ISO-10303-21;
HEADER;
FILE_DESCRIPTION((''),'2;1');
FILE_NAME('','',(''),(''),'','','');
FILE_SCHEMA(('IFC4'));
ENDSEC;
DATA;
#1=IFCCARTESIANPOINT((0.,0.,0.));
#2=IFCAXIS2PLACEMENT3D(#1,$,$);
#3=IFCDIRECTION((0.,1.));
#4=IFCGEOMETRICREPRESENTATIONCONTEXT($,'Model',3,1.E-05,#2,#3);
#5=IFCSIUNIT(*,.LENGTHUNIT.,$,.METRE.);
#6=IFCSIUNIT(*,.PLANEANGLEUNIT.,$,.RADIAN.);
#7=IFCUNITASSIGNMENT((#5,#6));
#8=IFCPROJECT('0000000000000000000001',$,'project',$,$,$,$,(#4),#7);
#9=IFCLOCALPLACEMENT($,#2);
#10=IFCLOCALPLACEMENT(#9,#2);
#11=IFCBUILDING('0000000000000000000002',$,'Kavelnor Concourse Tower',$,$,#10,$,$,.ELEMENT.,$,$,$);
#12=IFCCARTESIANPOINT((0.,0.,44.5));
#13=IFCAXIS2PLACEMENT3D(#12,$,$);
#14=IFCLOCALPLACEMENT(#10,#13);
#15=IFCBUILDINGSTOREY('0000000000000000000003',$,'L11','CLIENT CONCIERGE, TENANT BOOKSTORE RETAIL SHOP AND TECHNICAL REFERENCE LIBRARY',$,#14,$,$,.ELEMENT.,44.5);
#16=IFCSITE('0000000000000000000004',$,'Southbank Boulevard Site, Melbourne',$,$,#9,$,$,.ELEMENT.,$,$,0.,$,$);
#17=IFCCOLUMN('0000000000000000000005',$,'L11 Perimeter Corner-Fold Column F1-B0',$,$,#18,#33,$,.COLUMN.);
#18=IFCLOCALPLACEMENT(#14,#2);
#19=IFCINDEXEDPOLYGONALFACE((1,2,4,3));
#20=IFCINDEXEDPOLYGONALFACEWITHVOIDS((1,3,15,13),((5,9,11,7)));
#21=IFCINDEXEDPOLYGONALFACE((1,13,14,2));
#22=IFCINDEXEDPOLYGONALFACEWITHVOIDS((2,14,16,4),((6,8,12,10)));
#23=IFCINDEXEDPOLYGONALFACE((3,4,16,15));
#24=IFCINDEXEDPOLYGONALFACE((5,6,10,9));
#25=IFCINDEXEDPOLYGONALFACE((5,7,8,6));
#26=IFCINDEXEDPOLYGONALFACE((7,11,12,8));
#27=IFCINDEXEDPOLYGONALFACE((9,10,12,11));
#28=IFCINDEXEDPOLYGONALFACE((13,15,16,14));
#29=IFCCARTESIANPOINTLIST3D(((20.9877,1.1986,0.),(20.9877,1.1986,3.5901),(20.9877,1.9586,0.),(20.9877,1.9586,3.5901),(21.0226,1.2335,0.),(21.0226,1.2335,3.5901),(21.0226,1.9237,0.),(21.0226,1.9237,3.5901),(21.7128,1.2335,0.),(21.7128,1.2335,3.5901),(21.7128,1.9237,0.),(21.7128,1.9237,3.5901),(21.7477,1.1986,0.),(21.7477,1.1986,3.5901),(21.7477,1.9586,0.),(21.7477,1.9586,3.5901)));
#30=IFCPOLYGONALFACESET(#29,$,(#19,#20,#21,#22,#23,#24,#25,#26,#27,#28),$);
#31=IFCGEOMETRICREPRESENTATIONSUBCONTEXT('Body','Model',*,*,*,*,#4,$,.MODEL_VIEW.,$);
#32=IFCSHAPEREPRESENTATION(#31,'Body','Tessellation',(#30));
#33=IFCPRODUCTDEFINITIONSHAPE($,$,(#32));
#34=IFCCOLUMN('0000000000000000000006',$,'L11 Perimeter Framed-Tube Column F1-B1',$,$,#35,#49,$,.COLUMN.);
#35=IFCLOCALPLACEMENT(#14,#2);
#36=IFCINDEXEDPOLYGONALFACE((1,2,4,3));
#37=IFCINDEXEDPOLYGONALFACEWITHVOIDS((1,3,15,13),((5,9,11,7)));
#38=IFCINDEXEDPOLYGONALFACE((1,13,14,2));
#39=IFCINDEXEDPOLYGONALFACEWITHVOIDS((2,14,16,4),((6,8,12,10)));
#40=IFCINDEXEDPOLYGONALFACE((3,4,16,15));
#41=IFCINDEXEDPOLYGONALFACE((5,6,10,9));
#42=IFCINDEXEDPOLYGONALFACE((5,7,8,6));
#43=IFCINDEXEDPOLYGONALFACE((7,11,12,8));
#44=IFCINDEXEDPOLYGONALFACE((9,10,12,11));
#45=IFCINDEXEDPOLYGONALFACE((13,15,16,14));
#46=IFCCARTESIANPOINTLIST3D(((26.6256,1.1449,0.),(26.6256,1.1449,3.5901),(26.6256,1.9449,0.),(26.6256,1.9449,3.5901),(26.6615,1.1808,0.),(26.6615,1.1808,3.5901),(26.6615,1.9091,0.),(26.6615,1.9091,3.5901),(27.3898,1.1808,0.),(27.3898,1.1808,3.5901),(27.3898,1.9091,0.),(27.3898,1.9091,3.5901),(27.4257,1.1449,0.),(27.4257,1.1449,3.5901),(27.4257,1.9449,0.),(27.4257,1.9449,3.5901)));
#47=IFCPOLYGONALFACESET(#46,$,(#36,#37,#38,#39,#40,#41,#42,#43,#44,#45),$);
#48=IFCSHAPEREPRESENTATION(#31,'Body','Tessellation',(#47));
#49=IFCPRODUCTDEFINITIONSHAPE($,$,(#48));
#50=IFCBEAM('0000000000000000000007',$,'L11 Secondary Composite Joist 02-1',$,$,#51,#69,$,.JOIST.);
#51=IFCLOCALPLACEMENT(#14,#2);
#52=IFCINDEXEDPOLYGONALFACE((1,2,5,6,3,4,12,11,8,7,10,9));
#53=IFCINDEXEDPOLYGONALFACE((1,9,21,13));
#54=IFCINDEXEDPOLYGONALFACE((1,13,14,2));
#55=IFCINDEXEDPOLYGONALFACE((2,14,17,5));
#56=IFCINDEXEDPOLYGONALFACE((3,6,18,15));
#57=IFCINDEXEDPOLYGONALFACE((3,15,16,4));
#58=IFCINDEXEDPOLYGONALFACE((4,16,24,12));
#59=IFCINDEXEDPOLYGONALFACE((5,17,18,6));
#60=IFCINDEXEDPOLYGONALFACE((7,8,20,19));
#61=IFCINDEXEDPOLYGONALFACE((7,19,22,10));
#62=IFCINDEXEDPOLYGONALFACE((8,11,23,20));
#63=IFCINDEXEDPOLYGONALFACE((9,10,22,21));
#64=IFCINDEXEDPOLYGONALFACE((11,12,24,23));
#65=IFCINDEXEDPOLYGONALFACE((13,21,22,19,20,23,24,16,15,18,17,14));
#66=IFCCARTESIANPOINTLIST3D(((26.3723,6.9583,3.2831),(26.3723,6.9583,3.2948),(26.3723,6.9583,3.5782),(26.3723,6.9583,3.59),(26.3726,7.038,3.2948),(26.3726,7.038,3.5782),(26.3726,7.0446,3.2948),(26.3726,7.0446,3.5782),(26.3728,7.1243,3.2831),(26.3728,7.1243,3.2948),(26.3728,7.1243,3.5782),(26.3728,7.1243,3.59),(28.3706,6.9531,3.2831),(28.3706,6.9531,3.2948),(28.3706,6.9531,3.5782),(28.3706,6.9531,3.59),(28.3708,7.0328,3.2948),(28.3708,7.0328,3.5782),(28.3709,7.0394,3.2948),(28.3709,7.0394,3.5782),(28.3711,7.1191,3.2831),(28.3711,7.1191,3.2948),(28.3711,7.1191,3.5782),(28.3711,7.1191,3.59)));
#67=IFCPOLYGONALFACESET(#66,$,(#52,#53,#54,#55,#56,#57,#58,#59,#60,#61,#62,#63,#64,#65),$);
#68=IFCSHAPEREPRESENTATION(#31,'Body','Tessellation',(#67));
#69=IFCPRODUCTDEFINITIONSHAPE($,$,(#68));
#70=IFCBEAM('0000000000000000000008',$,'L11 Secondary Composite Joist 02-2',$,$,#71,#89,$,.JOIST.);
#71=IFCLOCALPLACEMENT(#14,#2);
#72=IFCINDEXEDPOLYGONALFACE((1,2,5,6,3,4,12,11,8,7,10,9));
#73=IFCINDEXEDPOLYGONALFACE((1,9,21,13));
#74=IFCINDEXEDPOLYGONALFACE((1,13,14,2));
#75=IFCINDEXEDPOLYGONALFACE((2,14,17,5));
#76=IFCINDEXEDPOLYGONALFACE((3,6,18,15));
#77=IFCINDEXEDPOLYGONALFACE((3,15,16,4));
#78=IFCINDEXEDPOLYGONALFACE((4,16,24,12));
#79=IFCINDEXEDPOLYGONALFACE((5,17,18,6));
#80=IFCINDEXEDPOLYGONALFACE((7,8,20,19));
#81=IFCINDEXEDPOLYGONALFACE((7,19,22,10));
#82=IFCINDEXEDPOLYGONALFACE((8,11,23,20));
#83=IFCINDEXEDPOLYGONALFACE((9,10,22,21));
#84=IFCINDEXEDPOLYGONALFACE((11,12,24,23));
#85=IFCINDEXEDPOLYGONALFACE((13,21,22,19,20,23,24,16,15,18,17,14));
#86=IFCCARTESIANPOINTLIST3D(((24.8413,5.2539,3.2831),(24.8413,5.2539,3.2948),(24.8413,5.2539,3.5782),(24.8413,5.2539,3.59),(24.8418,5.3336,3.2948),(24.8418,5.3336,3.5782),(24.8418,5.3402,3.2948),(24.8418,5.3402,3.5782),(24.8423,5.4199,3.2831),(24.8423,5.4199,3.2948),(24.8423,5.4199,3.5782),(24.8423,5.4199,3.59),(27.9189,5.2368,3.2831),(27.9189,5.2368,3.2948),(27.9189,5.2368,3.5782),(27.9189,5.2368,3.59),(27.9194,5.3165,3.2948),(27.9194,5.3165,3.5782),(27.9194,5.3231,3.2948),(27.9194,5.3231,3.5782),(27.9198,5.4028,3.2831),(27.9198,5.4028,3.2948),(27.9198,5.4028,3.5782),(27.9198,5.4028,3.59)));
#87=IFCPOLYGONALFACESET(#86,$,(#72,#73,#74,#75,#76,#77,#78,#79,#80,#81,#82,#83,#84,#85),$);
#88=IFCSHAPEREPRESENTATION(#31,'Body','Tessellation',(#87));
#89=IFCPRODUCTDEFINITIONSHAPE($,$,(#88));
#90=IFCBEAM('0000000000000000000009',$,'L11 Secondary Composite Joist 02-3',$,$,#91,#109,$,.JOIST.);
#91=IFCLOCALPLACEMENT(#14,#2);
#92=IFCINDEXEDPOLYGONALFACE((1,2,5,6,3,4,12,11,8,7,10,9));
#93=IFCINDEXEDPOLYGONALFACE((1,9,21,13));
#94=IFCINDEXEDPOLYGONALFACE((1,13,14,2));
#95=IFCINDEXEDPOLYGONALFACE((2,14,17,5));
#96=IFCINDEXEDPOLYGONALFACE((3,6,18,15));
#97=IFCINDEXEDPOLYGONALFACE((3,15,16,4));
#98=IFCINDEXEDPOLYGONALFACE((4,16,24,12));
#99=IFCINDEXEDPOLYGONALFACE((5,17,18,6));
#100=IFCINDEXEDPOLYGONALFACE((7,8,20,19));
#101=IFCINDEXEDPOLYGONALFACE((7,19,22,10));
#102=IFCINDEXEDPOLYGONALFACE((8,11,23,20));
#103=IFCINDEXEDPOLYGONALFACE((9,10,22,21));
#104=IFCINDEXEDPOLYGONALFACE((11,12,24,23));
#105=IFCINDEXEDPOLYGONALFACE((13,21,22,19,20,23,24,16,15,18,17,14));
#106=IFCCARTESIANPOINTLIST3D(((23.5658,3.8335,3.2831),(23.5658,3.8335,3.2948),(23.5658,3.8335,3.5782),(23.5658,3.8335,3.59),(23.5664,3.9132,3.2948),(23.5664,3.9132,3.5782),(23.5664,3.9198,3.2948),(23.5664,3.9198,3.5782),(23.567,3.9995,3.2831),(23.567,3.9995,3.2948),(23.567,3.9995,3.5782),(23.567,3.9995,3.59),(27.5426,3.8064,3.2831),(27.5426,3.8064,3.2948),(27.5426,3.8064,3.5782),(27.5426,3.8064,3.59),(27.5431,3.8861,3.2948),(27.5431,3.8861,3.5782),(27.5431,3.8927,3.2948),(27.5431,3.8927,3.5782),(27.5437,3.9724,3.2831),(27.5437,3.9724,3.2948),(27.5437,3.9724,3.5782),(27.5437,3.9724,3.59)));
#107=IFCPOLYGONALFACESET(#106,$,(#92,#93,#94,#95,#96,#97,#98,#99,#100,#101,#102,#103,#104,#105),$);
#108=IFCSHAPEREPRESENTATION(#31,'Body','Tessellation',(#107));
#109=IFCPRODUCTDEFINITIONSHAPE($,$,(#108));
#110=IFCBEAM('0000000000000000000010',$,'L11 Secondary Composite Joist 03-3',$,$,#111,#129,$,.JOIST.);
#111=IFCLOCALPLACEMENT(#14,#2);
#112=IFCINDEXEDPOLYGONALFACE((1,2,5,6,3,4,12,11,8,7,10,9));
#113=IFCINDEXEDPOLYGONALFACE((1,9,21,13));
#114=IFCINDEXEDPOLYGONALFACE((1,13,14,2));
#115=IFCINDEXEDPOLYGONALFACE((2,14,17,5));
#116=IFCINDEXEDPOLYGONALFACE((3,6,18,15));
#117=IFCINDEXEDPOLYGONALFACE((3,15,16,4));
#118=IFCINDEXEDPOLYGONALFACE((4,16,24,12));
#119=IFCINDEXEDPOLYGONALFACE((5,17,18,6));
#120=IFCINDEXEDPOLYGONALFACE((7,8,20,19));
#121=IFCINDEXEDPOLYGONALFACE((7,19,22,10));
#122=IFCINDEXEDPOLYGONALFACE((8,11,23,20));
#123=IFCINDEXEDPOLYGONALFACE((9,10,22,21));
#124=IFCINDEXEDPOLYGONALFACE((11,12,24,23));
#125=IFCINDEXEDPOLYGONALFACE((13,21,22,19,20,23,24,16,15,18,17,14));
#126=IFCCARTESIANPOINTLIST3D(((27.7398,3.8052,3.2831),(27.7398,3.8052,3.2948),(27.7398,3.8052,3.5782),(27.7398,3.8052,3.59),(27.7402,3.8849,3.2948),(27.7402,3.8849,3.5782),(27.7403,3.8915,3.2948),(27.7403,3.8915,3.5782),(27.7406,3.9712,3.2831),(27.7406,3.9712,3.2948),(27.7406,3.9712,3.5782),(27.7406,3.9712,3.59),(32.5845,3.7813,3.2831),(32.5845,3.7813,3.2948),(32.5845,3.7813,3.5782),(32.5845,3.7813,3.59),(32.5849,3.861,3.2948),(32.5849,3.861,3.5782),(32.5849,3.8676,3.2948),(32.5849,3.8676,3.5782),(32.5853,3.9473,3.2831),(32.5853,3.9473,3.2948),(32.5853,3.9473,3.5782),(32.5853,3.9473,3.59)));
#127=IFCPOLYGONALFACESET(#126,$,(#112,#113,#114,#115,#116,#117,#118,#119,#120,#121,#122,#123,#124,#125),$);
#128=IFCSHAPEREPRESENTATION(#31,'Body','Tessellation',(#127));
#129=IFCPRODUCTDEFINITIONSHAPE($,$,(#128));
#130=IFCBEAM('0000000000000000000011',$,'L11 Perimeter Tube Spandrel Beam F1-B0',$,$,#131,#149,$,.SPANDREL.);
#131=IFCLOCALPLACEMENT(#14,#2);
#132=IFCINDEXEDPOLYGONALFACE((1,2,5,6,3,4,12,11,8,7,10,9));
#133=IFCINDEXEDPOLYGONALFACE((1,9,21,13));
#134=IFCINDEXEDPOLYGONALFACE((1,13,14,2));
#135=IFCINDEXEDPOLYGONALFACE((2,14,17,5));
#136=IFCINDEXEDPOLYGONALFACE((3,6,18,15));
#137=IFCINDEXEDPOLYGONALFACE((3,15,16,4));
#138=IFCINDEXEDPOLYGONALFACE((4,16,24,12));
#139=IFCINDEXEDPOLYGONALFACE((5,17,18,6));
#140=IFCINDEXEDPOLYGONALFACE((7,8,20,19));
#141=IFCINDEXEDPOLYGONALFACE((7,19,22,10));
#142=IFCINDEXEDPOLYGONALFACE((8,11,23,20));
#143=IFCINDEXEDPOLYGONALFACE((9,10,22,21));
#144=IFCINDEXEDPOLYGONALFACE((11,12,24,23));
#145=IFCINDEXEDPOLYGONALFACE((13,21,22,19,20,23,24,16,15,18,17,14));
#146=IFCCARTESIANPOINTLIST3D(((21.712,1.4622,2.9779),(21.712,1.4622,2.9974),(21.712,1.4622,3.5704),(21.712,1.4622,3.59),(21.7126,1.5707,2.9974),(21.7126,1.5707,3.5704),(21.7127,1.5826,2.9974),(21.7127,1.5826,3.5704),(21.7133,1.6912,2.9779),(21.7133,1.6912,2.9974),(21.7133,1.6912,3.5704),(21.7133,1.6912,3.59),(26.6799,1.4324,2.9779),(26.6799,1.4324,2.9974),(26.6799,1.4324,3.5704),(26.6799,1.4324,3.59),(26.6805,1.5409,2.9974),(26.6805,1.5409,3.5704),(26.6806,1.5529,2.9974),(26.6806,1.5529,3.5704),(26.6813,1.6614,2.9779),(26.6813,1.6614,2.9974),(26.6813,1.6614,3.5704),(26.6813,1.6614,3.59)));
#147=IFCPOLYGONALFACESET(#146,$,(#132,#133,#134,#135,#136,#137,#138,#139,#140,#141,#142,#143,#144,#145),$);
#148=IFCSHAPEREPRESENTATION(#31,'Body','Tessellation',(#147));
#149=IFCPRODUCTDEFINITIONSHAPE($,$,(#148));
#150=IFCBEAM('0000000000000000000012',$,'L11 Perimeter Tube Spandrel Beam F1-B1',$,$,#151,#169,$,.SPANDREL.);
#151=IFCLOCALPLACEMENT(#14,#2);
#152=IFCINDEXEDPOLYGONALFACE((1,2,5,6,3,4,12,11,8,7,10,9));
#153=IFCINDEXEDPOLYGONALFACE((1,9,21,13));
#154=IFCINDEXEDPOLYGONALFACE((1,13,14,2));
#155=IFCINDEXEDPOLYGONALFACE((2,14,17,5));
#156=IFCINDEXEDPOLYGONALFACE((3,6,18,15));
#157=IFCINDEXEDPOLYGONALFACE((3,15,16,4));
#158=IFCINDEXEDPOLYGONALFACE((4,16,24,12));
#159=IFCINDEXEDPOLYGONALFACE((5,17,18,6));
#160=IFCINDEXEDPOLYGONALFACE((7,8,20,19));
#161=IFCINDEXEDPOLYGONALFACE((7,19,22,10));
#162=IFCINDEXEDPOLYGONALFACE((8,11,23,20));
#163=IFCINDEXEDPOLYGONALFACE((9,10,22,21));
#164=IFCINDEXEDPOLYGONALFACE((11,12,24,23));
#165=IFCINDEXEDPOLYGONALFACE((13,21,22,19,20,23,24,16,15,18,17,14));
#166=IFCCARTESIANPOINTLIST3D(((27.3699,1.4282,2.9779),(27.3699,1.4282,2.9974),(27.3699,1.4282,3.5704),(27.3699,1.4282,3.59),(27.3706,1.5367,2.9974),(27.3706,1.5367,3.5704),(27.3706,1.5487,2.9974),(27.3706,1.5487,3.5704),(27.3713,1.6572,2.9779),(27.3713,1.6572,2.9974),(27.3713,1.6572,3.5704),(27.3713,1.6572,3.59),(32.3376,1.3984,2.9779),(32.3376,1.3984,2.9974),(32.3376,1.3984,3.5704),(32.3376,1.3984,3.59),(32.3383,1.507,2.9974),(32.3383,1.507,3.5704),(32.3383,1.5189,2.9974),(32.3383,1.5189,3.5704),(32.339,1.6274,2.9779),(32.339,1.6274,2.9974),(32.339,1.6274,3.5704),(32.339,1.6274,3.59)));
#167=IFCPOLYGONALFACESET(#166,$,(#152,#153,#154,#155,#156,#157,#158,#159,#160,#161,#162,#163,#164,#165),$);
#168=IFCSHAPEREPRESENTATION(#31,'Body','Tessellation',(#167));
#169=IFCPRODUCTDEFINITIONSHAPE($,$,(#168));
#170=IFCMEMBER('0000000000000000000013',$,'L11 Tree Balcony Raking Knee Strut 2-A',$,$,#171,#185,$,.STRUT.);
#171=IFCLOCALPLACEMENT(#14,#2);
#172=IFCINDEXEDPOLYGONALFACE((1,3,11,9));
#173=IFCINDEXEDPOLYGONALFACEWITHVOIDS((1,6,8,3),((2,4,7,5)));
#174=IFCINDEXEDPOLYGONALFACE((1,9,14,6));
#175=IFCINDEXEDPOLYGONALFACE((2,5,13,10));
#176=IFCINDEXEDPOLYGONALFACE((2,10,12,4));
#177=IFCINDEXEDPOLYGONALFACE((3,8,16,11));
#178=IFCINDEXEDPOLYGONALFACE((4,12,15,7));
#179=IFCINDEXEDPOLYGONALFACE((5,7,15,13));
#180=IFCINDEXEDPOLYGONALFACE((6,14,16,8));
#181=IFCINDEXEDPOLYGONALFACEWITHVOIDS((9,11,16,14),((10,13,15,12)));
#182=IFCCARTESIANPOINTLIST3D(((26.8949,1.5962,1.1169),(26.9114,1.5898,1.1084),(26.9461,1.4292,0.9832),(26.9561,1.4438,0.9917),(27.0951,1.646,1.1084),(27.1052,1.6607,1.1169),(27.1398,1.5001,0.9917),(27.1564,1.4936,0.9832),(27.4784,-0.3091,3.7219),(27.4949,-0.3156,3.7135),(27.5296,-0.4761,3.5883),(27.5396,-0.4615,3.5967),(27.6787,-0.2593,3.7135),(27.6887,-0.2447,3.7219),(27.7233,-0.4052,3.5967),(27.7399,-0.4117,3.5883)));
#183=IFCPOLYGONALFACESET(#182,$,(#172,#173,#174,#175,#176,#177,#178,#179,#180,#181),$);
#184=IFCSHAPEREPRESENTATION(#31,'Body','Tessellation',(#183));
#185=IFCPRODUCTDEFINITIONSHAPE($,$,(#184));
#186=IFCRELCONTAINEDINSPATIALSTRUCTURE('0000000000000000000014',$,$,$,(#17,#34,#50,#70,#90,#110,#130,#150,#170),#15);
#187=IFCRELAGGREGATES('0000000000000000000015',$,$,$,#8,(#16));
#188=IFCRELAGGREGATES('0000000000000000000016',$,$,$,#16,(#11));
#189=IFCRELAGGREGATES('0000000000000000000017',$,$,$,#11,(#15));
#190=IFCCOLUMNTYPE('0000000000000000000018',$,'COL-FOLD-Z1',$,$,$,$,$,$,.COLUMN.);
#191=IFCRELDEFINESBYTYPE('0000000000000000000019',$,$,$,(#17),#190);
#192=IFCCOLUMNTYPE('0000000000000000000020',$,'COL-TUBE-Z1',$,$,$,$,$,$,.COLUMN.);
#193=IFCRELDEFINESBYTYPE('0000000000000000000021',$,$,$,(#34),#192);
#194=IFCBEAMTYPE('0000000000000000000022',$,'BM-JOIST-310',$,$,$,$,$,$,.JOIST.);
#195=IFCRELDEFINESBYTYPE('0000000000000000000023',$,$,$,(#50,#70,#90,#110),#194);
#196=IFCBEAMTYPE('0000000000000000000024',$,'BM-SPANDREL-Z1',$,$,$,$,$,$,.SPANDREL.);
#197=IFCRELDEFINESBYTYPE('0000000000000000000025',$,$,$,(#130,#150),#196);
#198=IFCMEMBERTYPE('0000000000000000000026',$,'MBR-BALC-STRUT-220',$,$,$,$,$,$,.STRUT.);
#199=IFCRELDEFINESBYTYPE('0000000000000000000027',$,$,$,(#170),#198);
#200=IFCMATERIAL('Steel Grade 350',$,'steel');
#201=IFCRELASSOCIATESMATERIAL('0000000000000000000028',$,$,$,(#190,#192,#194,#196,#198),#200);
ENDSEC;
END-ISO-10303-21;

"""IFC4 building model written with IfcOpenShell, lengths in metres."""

from ifc_helpers import new_model, si_unit, direction, frame, origin, origin_2d, place, context, subcontext, project, spatial, hollow_rectangle, i_section, extrude, material, material_profile, profile_set, type_object, element, save


model = new_model("IFC4")

# Units and contexts
model_context = context("Model", 3, precision=1e-05, world=origin(), true_north=direction((0.0, 1.0)))
body_context = subcontext(model_context, "Body", "Model", "MODEL_VIEW")
ifc_project = project(units=[si_unit("LENGTHUNIT", "METRE"), si_unit("PLANEANGLEUNIT", "RADIAN")], contexts=[model_context])

# Site, building, storey
site_placement = place(None, origin())
site = spatial("IfcSite", under=ifc_project, at=site_placement, Name="Southbank Boulevard Site, Melbourne", CompositionType="ELEMENT", RefElevation=0.0)
building_placement = place(site_placement, origin())
building = spatial("IfcBuilding", under=site, at=building_placement, Name="Kavelnor Concourse Tower", CompositionType="ELEMENT")
storey_placement = place(building_placement, frame((0.0, 0.0, 44.5)))
storey = spatial("IfcBuildingStorey", under=building, at=storey_placement, Name="L11", Description="CLIENT CONCIERGE, TENANT BOOKSTORE RETAIL SHOP AND TECHNICAL REFERENCE LIBRARY", CompositionType="ELEMENT", Elevation=44.5)

# Columns
ifc_material_1 = material(Name="Steel Grade 350", Category="steel")
ifc_material_profile_1 = material_profile(ifc_material_1, hollow_rectangle(XDim=0.76, YDim=0.76, WallThickness=0.0349, at=origin_2d()), Name="SHS 760x760x35")
ifc_profile_set_1 = profile_set([ifc_material_profile_1], Name="Steel Grade 350")
column_type_1 = type_object("IfcColumnType", Name="COL-FOLD-Z1", PredefinedType="COLUMN", material=ifc_profile_set_1)
column_1_placement = place(storey_placement, frame((21.3677, 1.5786, 0.0), z_axis=(0.0, 0.0, 1.0), x_axis=(1.0, 0.0, 0.0)))
element("IfcColumn", 1, at=column_1_placement, inside=storey, type_object=column_type_1, Name="L11 Perimeter Corner-Fold Column F1-B0", PredefinedType="COLUMN", context=body_context, shape_type="SweptSolid", body=[
    extrude(hollow_rectangle(XDim=0.76, YDim=0.76, WallThickness=0.0349, at=origin_2d()), origin(), (0.0, 0.0, 1.0), 3.5901),
])
ifc_material_profile_2 = material_profile(ifc_material_1, hollow_rectangle(XDim=0.8, YDim=0.8, WallThickness=0.0359, at=origin_2d()), Name="SHS 800x800x36")
ifc_profile_set_2 = profile_set([ifc_material_profile_2], Name="Steel Grade 350")
column_type_2 = type_object("IfcColumnType", Name="COL-TUBE-Z1", PredefinedType="COLUMN", material=ifc_profile_set_2)
column_2_placement = place(storey_placement, frame((27.0256, 1.5449, 0.0), z_axis=(0.0, 0.0, 1.0), x_axis=(1.0, 0.0, 0.0)))
element("IfcColumn", 2, at=column_2_placement, inside=storey, type_object=column_type_2, Name="L11 Perimeter Framed-Tube Column F1-B1", PredefinedType="COLUMN", context=body_context, shape_type="SweptSolid", body=[
    extrude(hollow_rectangle(XDim=0.8, YDim=0.8, WallThickness=0.0359, at=origin_2d()), origin(), (0.0, 0.0, 1.0), 3.5901),
])

# Beams
ifc_material_profile_3 = material_profile(ifc_material_1, i_section(OverallWidth=0.166, OverallDepth=0.3069, WebThickness=0.0066, FlangeThickness=0.0117, at=origin_2d()), Name="310UB46")
ifc_profile_set_3 = profile_set([ifc_material_profile_3], Name="Steel Grade 350")
beam_type_1 = type_object("IfcBeamType", Name="BM-JOIST-310", PredefinedType="JOIST", material=ifc_profile_set_3)
beam_1_placement = place(storey_placement, frame((26.3726, 7.0413, 3.4365), z_axis=(0.999997, -0.002566, 0.0), x_axis=(0.002566, 0.999997, 0.0)))
element("IfcBeam", 3, at=beam_1_placement, inside=storey, type_object=beam_type_1, Name="L11 Secondary Composite Joist 02-1", PredefinedType="JOIST", context=body_context, shape_type="SweptSolid", body=[
    extrude(i_section(OverallWidth=0.166, OverallDepth=0.3069, WebThickness=0.0066, FlangeThickness=0.0117, at=origin_2d()), origin(), (0.0, 0.0, 1.0), 1.9983),
])
beam_2_placement = place(storey_placement, frame((24.8418, 5.3369, 3.4365), z_axis=(0.999985, -0.005553, 0.0), x_axis=(0.005553, 0.999985, 0.0)))
element("IfcBeam", 4, at=beam_2_placement, inside=storey, type_object=beam_type_1, Name="L11 Secondary Composite Joist 02-2", PredefinedType="JOIST", context=body_context, shape_type="SweptSolid", body=[
    extrude(i_section(OverallWidth=0.166, OverallDepth=0.3069, WebThickness=0.0066, FlangeThickness=0.0117, at=origin_2d()), origin(), (0.0, 0.0, 1.0), 3.0776),
])
beam_3_placement = place(storey_placement, frame((23.5664, 3.9165, 3.4365), z_axis=(0.999977, -0.006814, 0.0), x_axis=(0.006814, 0.999977, 0.0)))
element("IfcBeam", 5, at=beam_3_placement, inside=storey, type_object=beam_type_1, Name="L11 Secondary Composite Joist 02-3", PredefinedType="JOIST", context=body_context, shape_type="SweptSolid", body=[
    extrude(i_section(OverallWidth=0.166, OverallDepth=0.3069, WebThickness=0.0066, FlangeThickness=0.0117, at=origin_2d()), origin(), (0.0, 0.0, 1.0), 3.9768),
])
beam_4_placement = place(storey_placement, frame((27.7402, 3.8882, 3.4365), z_axis=(0.999988, -0.004938, 0.0), x_axis=(0.004938, 0.999988, 0.0)))
element("IfcBeam", 6, at=beam_4_placement, inside=storey, type_object=beam_type_1, Name="L11 Secondary Composite Joist 03-3", PredefinedType="JOIST", context=body_context, shape_type="SweptSolid", body=[
    extrude(i_section(OverallWidth=0.166, OverallDepth=0.3069, WebThickness=0.0066, FlangeThickness=0.0117, at=origin_2d()), origin(), (0.0, 0.0, 1.0), 4.8447),
])
ifc_material_profile_4 = material_profile(ifc_material_1, i_section(OverallWidth=0.229, OverallDepth=0.6121, WebThickness=0.012, FlangeThickness=0.0195, at=origin_2d()), Name="610UB125")
ifc_profile_set_4 = profile_set([ifc_material_profile_4], Name="Steel Grade 350")
beam_type_2 = type_object("IfcBeamType", Name="BM-SPANDREL-Z1", PredefinedType="SPANDREL", material=ifc_profile_set_4)
beam_5_placement = place(storey_placement, frame((21.7126, 1.5767, 3.2839), z_axis=(0.999982, -0.005995, 0.0), x_axis=(0.005995, 0.999982, 0.0)))
element("IfcBeam", 7, at=beam_5_placement, inside=storey, type_object=beam_type_2, Name="L11 Perimeter Tube Spandrel Beam F1-B0", PredefinedType="SPANDREL", context=body_context, shape_type="SweptSolid", body=[
    extrude(i_section(OverallWidth=0.229, OverallDepth=0.6121, WebThickness=0.012, FlangeThickness=0.0195, at=origin_2d()), origin(), (0.0, 0.0, 1.0), 4.968),
])
beam_6_placement = place(storey_placement, frame((27.3706, 1.5427, 3.2839), z_axis=(0.999982, -0.005996, 0.0), x_axis=(0.005996, 0.999982, 0.0)))
element("IfcBeam", 8, at=beam_6_placement, inside=storey, type_object=beam_type_2, Name="L11 Perimeter Tube Spandrel Beam F1-B1", PredefinedType="SPANDREL", context=body_context, shape_type="SweptSolid", body=[
    extrude(i_section(OverallWidth=0.229, OverallDepth=0.6121, WebThickness=0.012, FlangeThickness=0.0195, at=origin_2d()), origin(), (0.0, 0.0, 1.0), 4.9678),
])

# Member
ifc_material_profile_5 = material_profile(ifc_material_1, hollow_rectangle(XDim=0.22, YDim=0.22, WallThickness=0.0139, at=origin_2d()), Name="SHS 220x220x14")
ifc_profile_set_5 = profile_set([ifc_material_profile_5], Name="Steel Grade 350")
member_type = type_object("IfcMemberType", Name="MBR-BALC-STRUT-220", PredefinedType="STRUT", material=ifc_profile_set_5)
member_placement = place(storey_placement, frame((27.0256, 1.5449, 1.05), z_axis=(0.177911, -0.580928, 0.794273), x_axis=(0.956165, 0.292829, 0.0)))
element("IfcMember", 9, at=member_placement, inside=storey, type_object=member_type, Name="L11 Tree Balcony Raking Knee Strut 2-A", PredefinedType="STRUT", context=body_context, shape_type="SweptSolid", body=[
    extrude(hollow_rectangle(XDim=0.22, YDim=0.22, WallThickness=0.0139, at=origin_2d()), origin(), (0.0, 0.0, 1.0), 3.2798),
])

save(model, "model.ifc")
